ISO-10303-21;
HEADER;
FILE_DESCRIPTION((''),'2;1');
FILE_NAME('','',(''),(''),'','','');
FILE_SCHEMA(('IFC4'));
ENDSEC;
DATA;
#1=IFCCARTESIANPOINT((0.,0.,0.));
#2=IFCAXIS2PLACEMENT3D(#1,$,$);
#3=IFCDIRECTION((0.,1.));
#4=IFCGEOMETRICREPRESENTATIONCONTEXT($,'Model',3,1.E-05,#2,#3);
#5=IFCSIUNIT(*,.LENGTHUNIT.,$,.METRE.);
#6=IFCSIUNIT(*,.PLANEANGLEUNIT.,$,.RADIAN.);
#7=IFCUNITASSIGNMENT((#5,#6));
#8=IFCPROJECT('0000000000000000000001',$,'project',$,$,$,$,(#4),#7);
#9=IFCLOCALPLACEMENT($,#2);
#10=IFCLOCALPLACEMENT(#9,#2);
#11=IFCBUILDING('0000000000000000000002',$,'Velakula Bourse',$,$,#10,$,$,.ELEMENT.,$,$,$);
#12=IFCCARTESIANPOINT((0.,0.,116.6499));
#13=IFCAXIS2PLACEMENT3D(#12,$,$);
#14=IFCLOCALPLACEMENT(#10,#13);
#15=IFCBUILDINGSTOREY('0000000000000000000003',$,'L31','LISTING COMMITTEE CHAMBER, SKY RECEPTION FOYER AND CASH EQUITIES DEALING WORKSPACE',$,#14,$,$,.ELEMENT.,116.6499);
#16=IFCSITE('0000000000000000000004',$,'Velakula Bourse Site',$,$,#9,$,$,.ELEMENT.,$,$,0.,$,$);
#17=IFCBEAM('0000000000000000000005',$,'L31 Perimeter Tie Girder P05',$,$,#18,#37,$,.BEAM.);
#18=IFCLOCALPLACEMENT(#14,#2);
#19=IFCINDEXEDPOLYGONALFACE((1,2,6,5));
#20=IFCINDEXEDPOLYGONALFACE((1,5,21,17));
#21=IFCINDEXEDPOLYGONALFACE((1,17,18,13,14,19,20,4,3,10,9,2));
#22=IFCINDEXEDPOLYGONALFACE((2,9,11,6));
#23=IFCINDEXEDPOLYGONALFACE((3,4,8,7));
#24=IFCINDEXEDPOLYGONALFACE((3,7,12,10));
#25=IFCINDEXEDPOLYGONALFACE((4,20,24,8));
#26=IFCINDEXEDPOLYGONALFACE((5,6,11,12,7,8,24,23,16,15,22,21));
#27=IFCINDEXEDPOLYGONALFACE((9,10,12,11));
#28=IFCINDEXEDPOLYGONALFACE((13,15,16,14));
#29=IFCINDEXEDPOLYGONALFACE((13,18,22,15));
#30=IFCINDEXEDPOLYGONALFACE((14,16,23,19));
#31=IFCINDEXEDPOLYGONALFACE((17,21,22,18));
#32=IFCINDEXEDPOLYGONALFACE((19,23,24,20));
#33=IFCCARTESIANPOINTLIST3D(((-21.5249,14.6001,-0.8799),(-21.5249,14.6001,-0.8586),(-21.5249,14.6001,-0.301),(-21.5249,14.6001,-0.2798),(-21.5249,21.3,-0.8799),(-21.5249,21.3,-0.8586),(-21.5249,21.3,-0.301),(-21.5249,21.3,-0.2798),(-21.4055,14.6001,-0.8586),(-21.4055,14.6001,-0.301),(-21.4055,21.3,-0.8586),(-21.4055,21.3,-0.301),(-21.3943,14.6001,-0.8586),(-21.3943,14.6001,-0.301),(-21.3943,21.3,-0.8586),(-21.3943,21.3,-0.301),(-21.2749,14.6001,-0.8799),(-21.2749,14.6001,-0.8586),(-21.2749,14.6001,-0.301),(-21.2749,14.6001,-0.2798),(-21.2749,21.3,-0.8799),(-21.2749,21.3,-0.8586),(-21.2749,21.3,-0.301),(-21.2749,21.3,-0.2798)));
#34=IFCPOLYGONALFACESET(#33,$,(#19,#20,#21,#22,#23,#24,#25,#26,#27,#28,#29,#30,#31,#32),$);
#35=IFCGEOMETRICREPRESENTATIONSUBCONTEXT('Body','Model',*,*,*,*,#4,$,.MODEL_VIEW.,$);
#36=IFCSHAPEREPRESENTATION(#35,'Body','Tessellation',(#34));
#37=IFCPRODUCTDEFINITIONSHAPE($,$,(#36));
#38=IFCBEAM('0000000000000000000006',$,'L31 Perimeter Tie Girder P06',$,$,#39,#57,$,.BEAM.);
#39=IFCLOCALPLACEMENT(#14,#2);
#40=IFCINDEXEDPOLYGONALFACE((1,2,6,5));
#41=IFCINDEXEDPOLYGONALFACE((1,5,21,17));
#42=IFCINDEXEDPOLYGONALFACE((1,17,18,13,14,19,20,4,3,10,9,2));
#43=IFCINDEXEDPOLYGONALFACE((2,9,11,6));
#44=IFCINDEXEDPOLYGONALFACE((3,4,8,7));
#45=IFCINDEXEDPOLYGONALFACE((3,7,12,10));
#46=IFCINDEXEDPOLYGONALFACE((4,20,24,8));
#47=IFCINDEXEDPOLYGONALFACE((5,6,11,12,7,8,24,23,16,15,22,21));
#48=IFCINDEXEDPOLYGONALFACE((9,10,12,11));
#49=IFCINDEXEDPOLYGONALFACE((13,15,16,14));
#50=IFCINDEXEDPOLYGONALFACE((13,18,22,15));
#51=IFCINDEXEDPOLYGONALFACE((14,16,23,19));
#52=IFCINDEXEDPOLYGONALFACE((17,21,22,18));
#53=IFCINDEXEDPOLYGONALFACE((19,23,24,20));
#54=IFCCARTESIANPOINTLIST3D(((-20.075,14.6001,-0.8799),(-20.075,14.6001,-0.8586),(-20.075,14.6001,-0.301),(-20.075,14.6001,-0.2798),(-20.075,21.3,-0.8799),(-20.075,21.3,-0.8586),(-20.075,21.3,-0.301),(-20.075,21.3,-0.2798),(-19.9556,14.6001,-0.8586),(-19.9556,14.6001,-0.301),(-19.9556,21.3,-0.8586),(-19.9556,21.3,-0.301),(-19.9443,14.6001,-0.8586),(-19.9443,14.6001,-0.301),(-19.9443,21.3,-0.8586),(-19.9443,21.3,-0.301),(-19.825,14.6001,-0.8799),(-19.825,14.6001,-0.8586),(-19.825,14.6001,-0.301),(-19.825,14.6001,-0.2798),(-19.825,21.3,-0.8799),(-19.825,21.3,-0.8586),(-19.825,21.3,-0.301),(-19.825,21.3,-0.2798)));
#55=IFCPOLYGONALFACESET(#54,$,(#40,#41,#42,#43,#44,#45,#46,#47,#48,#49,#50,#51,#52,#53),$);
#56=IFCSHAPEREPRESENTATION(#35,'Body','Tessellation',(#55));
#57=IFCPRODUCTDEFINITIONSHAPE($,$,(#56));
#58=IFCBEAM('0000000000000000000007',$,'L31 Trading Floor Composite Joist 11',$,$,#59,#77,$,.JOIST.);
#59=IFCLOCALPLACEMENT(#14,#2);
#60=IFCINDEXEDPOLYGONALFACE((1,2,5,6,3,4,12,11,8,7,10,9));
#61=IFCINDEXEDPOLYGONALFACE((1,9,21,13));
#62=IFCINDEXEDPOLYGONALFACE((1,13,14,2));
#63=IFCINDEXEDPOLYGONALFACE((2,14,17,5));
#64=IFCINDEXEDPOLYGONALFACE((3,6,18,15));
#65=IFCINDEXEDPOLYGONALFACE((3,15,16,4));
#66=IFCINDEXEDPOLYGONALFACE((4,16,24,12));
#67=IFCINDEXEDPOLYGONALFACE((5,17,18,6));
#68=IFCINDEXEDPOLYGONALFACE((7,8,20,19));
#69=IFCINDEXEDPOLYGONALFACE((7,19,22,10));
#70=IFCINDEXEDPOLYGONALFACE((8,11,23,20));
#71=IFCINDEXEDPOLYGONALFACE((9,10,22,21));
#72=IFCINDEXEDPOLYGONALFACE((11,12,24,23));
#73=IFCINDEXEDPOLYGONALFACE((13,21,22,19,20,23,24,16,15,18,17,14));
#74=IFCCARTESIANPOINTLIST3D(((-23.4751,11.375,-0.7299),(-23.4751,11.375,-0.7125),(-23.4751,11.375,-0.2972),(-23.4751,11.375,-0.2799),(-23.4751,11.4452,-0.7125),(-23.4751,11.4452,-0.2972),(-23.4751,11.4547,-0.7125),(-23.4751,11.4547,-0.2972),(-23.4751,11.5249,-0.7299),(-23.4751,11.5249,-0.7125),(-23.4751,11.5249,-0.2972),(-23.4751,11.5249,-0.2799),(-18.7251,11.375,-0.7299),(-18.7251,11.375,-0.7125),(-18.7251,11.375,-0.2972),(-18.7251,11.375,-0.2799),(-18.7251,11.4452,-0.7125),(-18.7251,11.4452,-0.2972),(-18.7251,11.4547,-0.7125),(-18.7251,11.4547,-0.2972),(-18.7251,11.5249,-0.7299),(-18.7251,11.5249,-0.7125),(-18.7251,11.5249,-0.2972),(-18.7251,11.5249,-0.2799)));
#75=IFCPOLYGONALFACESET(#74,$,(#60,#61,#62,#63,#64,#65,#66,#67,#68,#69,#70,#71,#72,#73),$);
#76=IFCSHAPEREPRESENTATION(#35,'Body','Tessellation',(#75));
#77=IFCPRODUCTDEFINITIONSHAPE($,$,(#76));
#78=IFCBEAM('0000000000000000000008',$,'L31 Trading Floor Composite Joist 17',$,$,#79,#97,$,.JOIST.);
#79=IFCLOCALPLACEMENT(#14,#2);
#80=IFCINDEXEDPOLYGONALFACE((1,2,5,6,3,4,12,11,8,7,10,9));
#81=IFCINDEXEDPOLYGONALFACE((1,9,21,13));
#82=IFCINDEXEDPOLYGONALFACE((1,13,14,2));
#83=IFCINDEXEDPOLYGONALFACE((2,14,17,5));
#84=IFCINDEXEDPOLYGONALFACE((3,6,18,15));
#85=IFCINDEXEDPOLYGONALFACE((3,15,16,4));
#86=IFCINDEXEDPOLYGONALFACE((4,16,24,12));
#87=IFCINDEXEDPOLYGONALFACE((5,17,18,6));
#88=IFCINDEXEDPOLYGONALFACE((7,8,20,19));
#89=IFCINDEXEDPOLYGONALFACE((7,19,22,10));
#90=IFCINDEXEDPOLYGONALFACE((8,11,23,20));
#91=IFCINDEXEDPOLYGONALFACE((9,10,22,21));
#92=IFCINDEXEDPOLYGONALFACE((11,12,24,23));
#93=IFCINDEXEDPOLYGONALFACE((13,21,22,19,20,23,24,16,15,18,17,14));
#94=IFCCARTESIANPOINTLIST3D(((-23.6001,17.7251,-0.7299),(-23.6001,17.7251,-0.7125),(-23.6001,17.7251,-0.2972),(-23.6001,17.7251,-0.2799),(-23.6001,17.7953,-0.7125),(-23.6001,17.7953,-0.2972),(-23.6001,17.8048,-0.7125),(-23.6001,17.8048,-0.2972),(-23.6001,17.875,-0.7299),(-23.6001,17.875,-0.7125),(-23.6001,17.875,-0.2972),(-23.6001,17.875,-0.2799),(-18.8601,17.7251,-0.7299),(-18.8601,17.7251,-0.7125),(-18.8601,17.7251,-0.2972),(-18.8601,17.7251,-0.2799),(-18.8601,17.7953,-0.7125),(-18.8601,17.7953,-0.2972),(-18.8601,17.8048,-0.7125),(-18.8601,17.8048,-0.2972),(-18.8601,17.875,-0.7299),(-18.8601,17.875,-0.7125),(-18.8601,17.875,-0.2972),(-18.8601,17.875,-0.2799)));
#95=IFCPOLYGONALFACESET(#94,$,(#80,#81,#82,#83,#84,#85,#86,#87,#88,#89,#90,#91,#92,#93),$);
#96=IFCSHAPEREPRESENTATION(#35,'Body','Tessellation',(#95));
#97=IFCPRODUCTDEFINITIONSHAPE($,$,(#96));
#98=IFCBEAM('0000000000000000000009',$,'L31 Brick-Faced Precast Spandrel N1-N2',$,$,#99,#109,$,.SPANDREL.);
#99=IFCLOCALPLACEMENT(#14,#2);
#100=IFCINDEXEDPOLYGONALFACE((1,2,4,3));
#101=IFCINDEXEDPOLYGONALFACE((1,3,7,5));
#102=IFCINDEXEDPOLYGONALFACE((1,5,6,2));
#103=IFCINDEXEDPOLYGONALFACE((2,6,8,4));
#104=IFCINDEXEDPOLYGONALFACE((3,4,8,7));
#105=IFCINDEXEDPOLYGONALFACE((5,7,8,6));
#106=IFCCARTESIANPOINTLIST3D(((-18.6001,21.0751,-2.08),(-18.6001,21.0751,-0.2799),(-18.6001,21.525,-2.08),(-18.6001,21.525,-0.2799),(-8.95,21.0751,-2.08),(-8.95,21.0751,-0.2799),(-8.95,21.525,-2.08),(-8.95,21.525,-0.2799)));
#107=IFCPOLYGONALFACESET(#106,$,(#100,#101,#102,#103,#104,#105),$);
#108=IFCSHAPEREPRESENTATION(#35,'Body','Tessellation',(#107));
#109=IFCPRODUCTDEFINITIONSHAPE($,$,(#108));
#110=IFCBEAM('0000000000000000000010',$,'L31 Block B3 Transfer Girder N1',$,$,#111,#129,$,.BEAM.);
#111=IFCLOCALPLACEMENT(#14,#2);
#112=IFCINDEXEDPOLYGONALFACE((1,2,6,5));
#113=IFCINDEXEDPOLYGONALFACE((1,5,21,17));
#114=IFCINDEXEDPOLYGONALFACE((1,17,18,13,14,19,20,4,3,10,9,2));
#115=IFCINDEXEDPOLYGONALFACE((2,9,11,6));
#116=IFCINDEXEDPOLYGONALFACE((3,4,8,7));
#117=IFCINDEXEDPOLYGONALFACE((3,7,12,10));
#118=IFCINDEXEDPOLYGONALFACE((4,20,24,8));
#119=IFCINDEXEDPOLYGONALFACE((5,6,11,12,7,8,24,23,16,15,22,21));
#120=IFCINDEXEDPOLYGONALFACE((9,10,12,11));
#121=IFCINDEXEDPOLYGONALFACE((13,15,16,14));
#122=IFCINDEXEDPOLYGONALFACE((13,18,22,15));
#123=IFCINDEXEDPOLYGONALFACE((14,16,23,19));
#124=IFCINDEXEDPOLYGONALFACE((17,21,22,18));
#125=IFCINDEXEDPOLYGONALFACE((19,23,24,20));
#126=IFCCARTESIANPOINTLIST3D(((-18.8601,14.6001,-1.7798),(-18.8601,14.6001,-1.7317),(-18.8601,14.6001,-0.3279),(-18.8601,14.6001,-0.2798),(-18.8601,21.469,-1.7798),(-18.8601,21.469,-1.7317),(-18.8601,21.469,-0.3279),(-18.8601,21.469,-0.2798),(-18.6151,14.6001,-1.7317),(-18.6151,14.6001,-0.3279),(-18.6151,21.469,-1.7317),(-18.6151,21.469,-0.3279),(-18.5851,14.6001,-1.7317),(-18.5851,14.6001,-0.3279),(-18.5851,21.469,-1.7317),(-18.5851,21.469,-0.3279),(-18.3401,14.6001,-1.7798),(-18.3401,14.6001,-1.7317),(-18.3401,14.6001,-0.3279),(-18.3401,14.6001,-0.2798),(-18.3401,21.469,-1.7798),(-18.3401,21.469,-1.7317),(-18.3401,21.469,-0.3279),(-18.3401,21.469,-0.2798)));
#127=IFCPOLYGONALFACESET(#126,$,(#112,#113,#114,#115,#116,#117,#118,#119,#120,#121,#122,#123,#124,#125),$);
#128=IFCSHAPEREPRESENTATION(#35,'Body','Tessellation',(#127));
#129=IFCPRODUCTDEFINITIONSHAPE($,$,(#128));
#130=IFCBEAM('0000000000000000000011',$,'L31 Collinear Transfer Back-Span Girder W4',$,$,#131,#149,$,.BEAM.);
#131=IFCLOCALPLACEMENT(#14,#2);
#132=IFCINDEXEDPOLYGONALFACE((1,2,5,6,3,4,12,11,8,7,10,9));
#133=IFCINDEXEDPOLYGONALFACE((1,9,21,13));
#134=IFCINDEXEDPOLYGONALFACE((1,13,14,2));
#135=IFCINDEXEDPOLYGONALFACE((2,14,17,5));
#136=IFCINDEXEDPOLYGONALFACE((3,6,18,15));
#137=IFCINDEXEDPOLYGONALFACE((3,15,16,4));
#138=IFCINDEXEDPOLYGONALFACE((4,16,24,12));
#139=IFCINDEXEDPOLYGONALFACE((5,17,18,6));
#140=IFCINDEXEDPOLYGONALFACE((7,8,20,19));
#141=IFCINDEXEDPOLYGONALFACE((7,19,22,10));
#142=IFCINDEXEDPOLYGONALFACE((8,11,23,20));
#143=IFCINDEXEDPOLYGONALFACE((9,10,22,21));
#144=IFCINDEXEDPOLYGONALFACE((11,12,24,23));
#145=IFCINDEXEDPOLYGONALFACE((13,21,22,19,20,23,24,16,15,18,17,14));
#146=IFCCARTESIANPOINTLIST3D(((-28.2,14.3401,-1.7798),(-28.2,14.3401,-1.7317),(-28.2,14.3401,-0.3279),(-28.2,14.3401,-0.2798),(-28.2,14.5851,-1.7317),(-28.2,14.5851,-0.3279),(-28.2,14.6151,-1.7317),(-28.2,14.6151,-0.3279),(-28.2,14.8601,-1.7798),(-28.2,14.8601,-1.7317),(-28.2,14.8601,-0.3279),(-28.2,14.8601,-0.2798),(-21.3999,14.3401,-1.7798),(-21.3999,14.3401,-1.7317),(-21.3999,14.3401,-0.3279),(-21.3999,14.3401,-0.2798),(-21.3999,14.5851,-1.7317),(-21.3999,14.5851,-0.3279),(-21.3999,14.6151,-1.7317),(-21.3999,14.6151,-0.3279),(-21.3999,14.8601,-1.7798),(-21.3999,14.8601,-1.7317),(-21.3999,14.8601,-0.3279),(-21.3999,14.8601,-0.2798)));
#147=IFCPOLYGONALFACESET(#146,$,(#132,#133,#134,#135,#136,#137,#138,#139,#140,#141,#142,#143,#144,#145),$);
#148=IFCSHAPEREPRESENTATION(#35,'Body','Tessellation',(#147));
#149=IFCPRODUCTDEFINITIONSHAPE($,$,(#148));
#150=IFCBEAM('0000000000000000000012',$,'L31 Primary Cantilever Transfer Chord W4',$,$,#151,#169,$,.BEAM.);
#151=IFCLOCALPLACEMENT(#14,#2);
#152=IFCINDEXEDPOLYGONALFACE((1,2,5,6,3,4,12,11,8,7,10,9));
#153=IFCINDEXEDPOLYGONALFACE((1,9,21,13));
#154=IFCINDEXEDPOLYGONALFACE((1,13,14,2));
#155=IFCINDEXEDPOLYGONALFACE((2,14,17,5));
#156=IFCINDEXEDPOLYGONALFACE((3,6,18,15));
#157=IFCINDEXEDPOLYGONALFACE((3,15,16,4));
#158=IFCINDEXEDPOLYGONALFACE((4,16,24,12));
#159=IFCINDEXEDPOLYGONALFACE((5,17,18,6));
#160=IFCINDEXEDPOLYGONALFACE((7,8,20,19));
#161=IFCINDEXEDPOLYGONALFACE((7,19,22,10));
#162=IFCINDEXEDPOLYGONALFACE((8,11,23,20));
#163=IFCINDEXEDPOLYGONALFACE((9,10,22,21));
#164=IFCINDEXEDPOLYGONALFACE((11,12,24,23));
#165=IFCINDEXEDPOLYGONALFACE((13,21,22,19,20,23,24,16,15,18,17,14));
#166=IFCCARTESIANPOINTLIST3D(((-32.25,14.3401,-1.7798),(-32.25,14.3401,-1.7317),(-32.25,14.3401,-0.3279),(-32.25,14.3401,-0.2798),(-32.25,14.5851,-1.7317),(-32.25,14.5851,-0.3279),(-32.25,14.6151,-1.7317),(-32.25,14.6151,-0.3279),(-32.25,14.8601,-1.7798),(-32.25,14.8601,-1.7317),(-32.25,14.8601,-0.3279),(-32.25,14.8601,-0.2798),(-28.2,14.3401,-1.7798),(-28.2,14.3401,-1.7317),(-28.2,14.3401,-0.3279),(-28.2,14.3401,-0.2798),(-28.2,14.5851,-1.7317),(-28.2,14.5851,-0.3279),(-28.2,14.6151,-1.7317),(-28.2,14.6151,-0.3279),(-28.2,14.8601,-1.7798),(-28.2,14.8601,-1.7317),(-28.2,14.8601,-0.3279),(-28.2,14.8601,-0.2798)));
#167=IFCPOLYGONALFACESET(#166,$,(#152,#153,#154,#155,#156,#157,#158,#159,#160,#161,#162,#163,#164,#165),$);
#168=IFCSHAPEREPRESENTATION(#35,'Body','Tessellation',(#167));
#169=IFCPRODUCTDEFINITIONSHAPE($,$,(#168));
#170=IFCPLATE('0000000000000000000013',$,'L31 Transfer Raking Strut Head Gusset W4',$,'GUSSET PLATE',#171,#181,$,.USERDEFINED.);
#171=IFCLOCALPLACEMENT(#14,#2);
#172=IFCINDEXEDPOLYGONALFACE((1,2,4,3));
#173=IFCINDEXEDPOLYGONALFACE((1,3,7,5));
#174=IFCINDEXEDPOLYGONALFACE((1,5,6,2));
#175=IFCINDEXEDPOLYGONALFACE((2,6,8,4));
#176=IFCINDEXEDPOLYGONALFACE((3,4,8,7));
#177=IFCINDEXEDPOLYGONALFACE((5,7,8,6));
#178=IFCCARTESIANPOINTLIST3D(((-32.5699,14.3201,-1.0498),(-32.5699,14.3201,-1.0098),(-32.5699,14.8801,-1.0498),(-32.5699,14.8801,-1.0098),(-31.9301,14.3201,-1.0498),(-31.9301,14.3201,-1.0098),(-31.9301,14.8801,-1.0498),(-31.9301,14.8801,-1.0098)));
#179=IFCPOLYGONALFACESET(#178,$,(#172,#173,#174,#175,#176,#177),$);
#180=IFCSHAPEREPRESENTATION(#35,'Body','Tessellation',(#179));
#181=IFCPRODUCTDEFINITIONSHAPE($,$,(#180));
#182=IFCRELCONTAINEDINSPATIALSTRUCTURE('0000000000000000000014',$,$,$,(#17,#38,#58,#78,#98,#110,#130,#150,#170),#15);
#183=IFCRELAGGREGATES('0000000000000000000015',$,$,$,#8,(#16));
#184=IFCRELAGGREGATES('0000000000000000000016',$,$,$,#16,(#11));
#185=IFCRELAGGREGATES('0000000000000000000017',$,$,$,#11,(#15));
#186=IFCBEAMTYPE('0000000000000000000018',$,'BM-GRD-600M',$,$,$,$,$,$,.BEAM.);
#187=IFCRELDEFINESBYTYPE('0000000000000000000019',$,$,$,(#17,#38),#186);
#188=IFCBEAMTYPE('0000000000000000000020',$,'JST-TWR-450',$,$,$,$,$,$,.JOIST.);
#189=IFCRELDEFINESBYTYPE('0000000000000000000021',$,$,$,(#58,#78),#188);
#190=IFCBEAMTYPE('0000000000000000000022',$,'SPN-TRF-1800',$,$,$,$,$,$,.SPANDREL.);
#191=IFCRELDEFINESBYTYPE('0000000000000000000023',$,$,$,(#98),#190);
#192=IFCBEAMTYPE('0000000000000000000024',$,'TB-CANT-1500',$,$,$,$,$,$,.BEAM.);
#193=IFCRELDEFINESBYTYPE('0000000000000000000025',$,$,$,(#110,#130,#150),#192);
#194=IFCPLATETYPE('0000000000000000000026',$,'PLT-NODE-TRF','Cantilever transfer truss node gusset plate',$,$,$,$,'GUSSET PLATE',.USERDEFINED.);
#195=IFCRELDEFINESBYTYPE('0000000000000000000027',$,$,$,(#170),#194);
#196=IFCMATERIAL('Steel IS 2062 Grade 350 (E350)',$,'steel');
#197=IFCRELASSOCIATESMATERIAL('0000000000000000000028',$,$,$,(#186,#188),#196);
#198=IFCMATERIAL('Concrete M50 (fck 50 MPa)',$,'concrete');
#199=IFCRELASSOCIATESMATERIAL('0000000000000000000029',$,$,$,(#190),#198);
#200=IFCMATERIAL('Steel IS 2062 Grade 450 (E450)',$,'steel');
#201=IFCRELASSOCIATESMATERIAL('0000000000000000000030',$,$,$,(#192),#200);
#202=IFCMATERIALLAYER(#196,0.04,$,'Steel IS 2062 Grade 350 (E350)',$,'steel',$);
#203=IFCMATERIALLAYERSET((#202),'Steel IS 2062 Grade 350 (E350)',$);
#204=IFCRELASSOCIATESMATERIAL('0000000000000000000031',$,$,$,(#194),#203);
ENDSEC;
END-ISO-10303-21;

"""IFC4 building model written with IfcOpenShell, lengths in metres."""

from ifc_helpers import new_model, si_unit, direction, frame, origin, origin_2d, place, context, subcontext, project, spatial, rectangle, i_section, extrude, material, layer, layer_set, material_profile, profile_set, type_object, element, save


model = new_model("IFC4")

# Units and contexts
model_context = context("Model", 3, precision=1e-05, world=origin(), true_north=direction((0.0, 1.0)))
body_context = subcontext(model_context, "Body", "Model", "MODEL_VIEW")
ifc_project = project(units=[si_unit("LENGTHUNIT", "METRE"), si_unit("PLANEANGLEUNIT", "RADIAN")], contexts=[model_context])

# Site, building, storey
site_placement = place(None, origin())
site = spatial("IfcSite", under=ifc_project, at=site_placement, Name="Velakula Bourse Site", CompositionType="ELEMENT", RefElevation=0.0)
building_placement = place(site_placement, origin())
building = spatial("IfcBuilding", under=site, at=building_placement, Name="Velakula Bourse", CompositionType="ELEMENT")
storey_placement = place(building_placement, frame((0.0, 0.0, 116.6499)))
storey = spatial("IfcBuildingStorey", under=building, at=storey_placement, Name="L31", Description="LISTING COMMITTEE CHAMBER, SKY RECEPTION FOYER AND CASH EQUITIES DEALING WORKSPACE", CompositionType="ELEMENT", Elevation=116.6499)

# Shared definitions
ifc_material_1 = material(Name="Steel IS 2062 Grade 350 (E350)", Category="steel")

# Beams
ifc_material_profile_1 = material_profile(ifc_material_1, i_section(OverallWidth=0.25, OverallDepth=0.6001, WebThickness=0.0112, FlangeThickness=0.0212, at=origin_2d()), Name="Steel IS 2062 Grade 350 (E350)")
ifc_profile_set_1 = profile_set([ifc_material_profile_1], Name="Steel IS 2062 Grade 350 (E350)")
beam_type_1 = type_object("IfcBeamType", Name="BM-GRD-600M", PredefinedType="BEAM", material=ifc_profile_set_1)
for number, where, z_axis, x_axis, name in (
    (1, (-21.3999, 14.6001, -0.5798), (0.0, 1.0, 0.0), (-1.0, 0.0, 0.0), "L31 Perimeter Tie Girder P05"),
    (2, (-19.95, 14.6001, -0.5798), (0.0, 1.0, 0.0), (-1.0, 0.0, 0.0), "L31 Perimeter Tie Girder P06"),
):
    element("IfcBeam", number, at=place(storey_placement, frame(where, z_axis=z_axis, x_axis=x_axis)), inside=storey, type_object=beam_type_1, Name=name, PredefinedType="BEAM", context=body_context, shape_type="SweptSolid", body=[
        extrude(i_section(OverallWidth=0.25, OverallDepth=0.6001, WebThickness=0.0112, FlangeThickness=0.0212, at=origin_2d()), origin(), (0.0, 0.0, 1.0), 6.7),
    ])
ifc_material_profile_2 = material_profile(ifc_material_1, i_section(OverallWidth=0.1499, OverallDepth=0.45, WebThickness=0.0095, FlangeThickness=0.0173, at=origin_2d()), Name="Steel IS 2062 Grade 350 (E350)")
ifc_profile_set_2 = profile_set([ifc_material_profile_2], Name="Steel IS 2062 Grade 350 (E350)")
beam_type_2 = type_object("IfcBeamType", Name="JST-TWR-450", PredefinedType="JOIST", material=ifc_profile_set_2)
beam_1_placement = place(storey_placement, frame((-23.4751, 11.45, -0.5049), z_axis=(1.0, 0.0, 0.0), x_axis=(0.0, 1.0, 0.0)))
element("IfcBeam", 3, at=beam_1_placement, inside=storey, type_object=beam_type_2, Name="L31 Trading Floor Composite Joist 11", PredefinedType="JOIST", context=body_context, shape_type="SweptSolid", body=[
    extrude(i_section(OverallWidth=0.1499, OverallDepth=0.45, WebThickness=0.0095, FlangeThickness=0.0173, at=origin_2d()), origin(), (0.0, 0.0, 1.0), 4.75),
])
beam_2_placement = place(storey_placement, frame((-23.6001, 17.8, -0.5049), z_axis=(1.0, 0.0, 0.0), x_axis=(0.0, 1.0, 0.0)))
element("IfcBeam", 4, at=beam_2_placement, inside=storey, type_object=beam_type_2, Name="L31 Trading Floor Composite Joist 17", PredefinedType="JOIST", context=body_context, shape_type="SweptSolid", body=[
    extrude(i_section(OverallWidth=0.1499, OverallDepth=0.45, WebThickness=0.0095, FlangeThickness=0.0173, at=origin_2d()), origin(), (0.0, 0.0, 1.0), 4.74),
])
ifc_material_2 = material(Name="Concrete M50 (fck 50 MPa)", Category="concrete")
ifc_material_profile_3 = material_profile(ifc_material_2, rectangle(XDim=0.45, YDim=1.8, at=origin_2d()), Name="Concrete M50 (fck 50 MPa)")
ifc_profile_set_3 = profile_set([ifc_material_profile_3], Name="Concrete M50 (fck 50 MPa)")
beam_type_3 = type_object("IfcBeamType", Name="SPN-TRF-1800", PredefinedType="SPANDREL", material=ifc_profile_set_3)
beam_3_placement = place(storey_placement, frame((-18.6001, 21.3, -1.1799), z_axis=(1.0, 0.0, 0.0), x_axis=(0.0, 1.0, 0.0)))
element("IfcBeam", 5, at=beam_3_placement, inside=storey, type_object=beam_type_3, Name="L31 Brick-Faced Precast Spandrel N1-N2", PredefinedType="SPANDREL", context=body_context, shape_type="SweptSolid", body=[
    extrude(rectangle(XDim=0.45, YDim=1.8, at=origin_2d()), origin(), (0.0, 0.0, 1.0), 9.6501),
])
ifc_material_3 = material(Name="Steel IS 2062 Grade 450 (E450)", Category="steel")
ifc_material_profile_4 = material_profile(ifc_material_3, i_section(OverallWidth=0.52, OverallDepth=1.5, WebThickness=0.03, FlangeThickness=0.0481, at=origin_2d()), Name="Steel IS 2062 Grade 450 (E450)")
ifc_profile_set_4 = profile_set([ifc_material_profile_4], Name="Steel IS 2062 Grade 450 (E450)")
beam_type_4 = type_object("IfcBeamType", Name="TB-CANT-1500", PredefinedType="BEAM", material=ifc_profile_set_4)
beam_4_placement = place(storey_placement, frame((-18.6001, 14.6001, -1.0298), z_axis=(0.0, 1.0, 0.0), x_axis=(-1.0, 0.0, 0.0)))
element("IfcBeam", 6, at=beam_4_placement, inside=storey, type_object=beam_type_4, Name="L31 Block B3 Transfer Girder N1", PredefinedType="BEAM", context=body_context, shape_type="SweptSolid", body=[
    extrude(i_section(OverallWidth=0.52, OverallDepth=1.5, WebThickness=0.03, FlangeThickness=0.0481, at=origin_2d()), origin(), (0.0, 0.0, 1.0), 6.8689),
])
beam_5_placement = place(storey_placement, frame((-21.3999, 14.6001, -1.0298), z_axis=(-1.0, 0.0, 0.0), x_axis=(0.0, -1.0, 0.0)))
element("IfcBeam", 7, at=beam_5_placement, inside=storey, type_object=beam_type_4, Name="L31 Collinear Transfer Back-Span Girder W4", PredefinedType="BEAM", context=body_context, shape_type="SweptSolid", body=[
    extrude(i_section(OverallWidth=0.52, OverallDepth=1.5, WebThickness=0.03, FlangeThickness=0.0481, at=origin_2d()), origin(), (0.0, 0.0, 1.0), 6.8),
])
beam_6_placement = place(storey_placement, frame((-28.2, 14.6001, -1.0298), z_axis=(-1.0, 0.0, 0.0), x_axis=(0.0, -1.0, 0.0)))
element("IfcBeam", 8, at=beam_6_placement, inside=storey, type_object=beam_type_4, Name="L31 Primary Cantilever Transfer Chord W4", PredefinedType="BEAM", context=body_context, shape_type="SweptSolid", body=[
    extrude(i_section(OverallWidth=0.52, OverallDepth=1.5, WebThickness=0.03, FlangeThickness=0.0481, at=origin_2d()), origin(), (0.0, 0.0, 1.0), 4.05),
])

# Plate
ifc_layer_1 = layer(ifc_material_1, 0.04, Name="Steel IS 2062 Grade 350 (E350)", Category="steel")
ifc_layer_set_1 = layer_set([ifc_layer_1], Name="Steel IS 2062 Grade 350 (E350)")
plate_type = type_object("IfcPlateType", Name="PLT-NODE-TRF", Description="Cantilever transfer truss node gusset plate", ElementType="GUSSET PLATE", PredefinedType="USERDEFINED", material=ifc_layer_set_1)
plate_1_placement = place(storey_placement, frame((-32.25, 14.6001, -1.0498), z_axis=(0.0, 0.0, 1.0), x_axis=(-1.0, 0.0, 0.0)))
element("IfcPlate", 9, at=plate_1_placement, inside=storey, type_object=plate_type, Name="L31 Transfer Raking Strut Head Gusset W4", ObjectType="GUSSET PLATE", PredefinedType="USERDEFINED", context=body_context, shape_type="SweptSolid", body=[
    extrude(rectangle(XDim=0.6399, YDim=0.5601, at=origin_2d()), origin(), (0.0, 0.0, 1.0), 0.04),
])

save(model, "model.ifc")
